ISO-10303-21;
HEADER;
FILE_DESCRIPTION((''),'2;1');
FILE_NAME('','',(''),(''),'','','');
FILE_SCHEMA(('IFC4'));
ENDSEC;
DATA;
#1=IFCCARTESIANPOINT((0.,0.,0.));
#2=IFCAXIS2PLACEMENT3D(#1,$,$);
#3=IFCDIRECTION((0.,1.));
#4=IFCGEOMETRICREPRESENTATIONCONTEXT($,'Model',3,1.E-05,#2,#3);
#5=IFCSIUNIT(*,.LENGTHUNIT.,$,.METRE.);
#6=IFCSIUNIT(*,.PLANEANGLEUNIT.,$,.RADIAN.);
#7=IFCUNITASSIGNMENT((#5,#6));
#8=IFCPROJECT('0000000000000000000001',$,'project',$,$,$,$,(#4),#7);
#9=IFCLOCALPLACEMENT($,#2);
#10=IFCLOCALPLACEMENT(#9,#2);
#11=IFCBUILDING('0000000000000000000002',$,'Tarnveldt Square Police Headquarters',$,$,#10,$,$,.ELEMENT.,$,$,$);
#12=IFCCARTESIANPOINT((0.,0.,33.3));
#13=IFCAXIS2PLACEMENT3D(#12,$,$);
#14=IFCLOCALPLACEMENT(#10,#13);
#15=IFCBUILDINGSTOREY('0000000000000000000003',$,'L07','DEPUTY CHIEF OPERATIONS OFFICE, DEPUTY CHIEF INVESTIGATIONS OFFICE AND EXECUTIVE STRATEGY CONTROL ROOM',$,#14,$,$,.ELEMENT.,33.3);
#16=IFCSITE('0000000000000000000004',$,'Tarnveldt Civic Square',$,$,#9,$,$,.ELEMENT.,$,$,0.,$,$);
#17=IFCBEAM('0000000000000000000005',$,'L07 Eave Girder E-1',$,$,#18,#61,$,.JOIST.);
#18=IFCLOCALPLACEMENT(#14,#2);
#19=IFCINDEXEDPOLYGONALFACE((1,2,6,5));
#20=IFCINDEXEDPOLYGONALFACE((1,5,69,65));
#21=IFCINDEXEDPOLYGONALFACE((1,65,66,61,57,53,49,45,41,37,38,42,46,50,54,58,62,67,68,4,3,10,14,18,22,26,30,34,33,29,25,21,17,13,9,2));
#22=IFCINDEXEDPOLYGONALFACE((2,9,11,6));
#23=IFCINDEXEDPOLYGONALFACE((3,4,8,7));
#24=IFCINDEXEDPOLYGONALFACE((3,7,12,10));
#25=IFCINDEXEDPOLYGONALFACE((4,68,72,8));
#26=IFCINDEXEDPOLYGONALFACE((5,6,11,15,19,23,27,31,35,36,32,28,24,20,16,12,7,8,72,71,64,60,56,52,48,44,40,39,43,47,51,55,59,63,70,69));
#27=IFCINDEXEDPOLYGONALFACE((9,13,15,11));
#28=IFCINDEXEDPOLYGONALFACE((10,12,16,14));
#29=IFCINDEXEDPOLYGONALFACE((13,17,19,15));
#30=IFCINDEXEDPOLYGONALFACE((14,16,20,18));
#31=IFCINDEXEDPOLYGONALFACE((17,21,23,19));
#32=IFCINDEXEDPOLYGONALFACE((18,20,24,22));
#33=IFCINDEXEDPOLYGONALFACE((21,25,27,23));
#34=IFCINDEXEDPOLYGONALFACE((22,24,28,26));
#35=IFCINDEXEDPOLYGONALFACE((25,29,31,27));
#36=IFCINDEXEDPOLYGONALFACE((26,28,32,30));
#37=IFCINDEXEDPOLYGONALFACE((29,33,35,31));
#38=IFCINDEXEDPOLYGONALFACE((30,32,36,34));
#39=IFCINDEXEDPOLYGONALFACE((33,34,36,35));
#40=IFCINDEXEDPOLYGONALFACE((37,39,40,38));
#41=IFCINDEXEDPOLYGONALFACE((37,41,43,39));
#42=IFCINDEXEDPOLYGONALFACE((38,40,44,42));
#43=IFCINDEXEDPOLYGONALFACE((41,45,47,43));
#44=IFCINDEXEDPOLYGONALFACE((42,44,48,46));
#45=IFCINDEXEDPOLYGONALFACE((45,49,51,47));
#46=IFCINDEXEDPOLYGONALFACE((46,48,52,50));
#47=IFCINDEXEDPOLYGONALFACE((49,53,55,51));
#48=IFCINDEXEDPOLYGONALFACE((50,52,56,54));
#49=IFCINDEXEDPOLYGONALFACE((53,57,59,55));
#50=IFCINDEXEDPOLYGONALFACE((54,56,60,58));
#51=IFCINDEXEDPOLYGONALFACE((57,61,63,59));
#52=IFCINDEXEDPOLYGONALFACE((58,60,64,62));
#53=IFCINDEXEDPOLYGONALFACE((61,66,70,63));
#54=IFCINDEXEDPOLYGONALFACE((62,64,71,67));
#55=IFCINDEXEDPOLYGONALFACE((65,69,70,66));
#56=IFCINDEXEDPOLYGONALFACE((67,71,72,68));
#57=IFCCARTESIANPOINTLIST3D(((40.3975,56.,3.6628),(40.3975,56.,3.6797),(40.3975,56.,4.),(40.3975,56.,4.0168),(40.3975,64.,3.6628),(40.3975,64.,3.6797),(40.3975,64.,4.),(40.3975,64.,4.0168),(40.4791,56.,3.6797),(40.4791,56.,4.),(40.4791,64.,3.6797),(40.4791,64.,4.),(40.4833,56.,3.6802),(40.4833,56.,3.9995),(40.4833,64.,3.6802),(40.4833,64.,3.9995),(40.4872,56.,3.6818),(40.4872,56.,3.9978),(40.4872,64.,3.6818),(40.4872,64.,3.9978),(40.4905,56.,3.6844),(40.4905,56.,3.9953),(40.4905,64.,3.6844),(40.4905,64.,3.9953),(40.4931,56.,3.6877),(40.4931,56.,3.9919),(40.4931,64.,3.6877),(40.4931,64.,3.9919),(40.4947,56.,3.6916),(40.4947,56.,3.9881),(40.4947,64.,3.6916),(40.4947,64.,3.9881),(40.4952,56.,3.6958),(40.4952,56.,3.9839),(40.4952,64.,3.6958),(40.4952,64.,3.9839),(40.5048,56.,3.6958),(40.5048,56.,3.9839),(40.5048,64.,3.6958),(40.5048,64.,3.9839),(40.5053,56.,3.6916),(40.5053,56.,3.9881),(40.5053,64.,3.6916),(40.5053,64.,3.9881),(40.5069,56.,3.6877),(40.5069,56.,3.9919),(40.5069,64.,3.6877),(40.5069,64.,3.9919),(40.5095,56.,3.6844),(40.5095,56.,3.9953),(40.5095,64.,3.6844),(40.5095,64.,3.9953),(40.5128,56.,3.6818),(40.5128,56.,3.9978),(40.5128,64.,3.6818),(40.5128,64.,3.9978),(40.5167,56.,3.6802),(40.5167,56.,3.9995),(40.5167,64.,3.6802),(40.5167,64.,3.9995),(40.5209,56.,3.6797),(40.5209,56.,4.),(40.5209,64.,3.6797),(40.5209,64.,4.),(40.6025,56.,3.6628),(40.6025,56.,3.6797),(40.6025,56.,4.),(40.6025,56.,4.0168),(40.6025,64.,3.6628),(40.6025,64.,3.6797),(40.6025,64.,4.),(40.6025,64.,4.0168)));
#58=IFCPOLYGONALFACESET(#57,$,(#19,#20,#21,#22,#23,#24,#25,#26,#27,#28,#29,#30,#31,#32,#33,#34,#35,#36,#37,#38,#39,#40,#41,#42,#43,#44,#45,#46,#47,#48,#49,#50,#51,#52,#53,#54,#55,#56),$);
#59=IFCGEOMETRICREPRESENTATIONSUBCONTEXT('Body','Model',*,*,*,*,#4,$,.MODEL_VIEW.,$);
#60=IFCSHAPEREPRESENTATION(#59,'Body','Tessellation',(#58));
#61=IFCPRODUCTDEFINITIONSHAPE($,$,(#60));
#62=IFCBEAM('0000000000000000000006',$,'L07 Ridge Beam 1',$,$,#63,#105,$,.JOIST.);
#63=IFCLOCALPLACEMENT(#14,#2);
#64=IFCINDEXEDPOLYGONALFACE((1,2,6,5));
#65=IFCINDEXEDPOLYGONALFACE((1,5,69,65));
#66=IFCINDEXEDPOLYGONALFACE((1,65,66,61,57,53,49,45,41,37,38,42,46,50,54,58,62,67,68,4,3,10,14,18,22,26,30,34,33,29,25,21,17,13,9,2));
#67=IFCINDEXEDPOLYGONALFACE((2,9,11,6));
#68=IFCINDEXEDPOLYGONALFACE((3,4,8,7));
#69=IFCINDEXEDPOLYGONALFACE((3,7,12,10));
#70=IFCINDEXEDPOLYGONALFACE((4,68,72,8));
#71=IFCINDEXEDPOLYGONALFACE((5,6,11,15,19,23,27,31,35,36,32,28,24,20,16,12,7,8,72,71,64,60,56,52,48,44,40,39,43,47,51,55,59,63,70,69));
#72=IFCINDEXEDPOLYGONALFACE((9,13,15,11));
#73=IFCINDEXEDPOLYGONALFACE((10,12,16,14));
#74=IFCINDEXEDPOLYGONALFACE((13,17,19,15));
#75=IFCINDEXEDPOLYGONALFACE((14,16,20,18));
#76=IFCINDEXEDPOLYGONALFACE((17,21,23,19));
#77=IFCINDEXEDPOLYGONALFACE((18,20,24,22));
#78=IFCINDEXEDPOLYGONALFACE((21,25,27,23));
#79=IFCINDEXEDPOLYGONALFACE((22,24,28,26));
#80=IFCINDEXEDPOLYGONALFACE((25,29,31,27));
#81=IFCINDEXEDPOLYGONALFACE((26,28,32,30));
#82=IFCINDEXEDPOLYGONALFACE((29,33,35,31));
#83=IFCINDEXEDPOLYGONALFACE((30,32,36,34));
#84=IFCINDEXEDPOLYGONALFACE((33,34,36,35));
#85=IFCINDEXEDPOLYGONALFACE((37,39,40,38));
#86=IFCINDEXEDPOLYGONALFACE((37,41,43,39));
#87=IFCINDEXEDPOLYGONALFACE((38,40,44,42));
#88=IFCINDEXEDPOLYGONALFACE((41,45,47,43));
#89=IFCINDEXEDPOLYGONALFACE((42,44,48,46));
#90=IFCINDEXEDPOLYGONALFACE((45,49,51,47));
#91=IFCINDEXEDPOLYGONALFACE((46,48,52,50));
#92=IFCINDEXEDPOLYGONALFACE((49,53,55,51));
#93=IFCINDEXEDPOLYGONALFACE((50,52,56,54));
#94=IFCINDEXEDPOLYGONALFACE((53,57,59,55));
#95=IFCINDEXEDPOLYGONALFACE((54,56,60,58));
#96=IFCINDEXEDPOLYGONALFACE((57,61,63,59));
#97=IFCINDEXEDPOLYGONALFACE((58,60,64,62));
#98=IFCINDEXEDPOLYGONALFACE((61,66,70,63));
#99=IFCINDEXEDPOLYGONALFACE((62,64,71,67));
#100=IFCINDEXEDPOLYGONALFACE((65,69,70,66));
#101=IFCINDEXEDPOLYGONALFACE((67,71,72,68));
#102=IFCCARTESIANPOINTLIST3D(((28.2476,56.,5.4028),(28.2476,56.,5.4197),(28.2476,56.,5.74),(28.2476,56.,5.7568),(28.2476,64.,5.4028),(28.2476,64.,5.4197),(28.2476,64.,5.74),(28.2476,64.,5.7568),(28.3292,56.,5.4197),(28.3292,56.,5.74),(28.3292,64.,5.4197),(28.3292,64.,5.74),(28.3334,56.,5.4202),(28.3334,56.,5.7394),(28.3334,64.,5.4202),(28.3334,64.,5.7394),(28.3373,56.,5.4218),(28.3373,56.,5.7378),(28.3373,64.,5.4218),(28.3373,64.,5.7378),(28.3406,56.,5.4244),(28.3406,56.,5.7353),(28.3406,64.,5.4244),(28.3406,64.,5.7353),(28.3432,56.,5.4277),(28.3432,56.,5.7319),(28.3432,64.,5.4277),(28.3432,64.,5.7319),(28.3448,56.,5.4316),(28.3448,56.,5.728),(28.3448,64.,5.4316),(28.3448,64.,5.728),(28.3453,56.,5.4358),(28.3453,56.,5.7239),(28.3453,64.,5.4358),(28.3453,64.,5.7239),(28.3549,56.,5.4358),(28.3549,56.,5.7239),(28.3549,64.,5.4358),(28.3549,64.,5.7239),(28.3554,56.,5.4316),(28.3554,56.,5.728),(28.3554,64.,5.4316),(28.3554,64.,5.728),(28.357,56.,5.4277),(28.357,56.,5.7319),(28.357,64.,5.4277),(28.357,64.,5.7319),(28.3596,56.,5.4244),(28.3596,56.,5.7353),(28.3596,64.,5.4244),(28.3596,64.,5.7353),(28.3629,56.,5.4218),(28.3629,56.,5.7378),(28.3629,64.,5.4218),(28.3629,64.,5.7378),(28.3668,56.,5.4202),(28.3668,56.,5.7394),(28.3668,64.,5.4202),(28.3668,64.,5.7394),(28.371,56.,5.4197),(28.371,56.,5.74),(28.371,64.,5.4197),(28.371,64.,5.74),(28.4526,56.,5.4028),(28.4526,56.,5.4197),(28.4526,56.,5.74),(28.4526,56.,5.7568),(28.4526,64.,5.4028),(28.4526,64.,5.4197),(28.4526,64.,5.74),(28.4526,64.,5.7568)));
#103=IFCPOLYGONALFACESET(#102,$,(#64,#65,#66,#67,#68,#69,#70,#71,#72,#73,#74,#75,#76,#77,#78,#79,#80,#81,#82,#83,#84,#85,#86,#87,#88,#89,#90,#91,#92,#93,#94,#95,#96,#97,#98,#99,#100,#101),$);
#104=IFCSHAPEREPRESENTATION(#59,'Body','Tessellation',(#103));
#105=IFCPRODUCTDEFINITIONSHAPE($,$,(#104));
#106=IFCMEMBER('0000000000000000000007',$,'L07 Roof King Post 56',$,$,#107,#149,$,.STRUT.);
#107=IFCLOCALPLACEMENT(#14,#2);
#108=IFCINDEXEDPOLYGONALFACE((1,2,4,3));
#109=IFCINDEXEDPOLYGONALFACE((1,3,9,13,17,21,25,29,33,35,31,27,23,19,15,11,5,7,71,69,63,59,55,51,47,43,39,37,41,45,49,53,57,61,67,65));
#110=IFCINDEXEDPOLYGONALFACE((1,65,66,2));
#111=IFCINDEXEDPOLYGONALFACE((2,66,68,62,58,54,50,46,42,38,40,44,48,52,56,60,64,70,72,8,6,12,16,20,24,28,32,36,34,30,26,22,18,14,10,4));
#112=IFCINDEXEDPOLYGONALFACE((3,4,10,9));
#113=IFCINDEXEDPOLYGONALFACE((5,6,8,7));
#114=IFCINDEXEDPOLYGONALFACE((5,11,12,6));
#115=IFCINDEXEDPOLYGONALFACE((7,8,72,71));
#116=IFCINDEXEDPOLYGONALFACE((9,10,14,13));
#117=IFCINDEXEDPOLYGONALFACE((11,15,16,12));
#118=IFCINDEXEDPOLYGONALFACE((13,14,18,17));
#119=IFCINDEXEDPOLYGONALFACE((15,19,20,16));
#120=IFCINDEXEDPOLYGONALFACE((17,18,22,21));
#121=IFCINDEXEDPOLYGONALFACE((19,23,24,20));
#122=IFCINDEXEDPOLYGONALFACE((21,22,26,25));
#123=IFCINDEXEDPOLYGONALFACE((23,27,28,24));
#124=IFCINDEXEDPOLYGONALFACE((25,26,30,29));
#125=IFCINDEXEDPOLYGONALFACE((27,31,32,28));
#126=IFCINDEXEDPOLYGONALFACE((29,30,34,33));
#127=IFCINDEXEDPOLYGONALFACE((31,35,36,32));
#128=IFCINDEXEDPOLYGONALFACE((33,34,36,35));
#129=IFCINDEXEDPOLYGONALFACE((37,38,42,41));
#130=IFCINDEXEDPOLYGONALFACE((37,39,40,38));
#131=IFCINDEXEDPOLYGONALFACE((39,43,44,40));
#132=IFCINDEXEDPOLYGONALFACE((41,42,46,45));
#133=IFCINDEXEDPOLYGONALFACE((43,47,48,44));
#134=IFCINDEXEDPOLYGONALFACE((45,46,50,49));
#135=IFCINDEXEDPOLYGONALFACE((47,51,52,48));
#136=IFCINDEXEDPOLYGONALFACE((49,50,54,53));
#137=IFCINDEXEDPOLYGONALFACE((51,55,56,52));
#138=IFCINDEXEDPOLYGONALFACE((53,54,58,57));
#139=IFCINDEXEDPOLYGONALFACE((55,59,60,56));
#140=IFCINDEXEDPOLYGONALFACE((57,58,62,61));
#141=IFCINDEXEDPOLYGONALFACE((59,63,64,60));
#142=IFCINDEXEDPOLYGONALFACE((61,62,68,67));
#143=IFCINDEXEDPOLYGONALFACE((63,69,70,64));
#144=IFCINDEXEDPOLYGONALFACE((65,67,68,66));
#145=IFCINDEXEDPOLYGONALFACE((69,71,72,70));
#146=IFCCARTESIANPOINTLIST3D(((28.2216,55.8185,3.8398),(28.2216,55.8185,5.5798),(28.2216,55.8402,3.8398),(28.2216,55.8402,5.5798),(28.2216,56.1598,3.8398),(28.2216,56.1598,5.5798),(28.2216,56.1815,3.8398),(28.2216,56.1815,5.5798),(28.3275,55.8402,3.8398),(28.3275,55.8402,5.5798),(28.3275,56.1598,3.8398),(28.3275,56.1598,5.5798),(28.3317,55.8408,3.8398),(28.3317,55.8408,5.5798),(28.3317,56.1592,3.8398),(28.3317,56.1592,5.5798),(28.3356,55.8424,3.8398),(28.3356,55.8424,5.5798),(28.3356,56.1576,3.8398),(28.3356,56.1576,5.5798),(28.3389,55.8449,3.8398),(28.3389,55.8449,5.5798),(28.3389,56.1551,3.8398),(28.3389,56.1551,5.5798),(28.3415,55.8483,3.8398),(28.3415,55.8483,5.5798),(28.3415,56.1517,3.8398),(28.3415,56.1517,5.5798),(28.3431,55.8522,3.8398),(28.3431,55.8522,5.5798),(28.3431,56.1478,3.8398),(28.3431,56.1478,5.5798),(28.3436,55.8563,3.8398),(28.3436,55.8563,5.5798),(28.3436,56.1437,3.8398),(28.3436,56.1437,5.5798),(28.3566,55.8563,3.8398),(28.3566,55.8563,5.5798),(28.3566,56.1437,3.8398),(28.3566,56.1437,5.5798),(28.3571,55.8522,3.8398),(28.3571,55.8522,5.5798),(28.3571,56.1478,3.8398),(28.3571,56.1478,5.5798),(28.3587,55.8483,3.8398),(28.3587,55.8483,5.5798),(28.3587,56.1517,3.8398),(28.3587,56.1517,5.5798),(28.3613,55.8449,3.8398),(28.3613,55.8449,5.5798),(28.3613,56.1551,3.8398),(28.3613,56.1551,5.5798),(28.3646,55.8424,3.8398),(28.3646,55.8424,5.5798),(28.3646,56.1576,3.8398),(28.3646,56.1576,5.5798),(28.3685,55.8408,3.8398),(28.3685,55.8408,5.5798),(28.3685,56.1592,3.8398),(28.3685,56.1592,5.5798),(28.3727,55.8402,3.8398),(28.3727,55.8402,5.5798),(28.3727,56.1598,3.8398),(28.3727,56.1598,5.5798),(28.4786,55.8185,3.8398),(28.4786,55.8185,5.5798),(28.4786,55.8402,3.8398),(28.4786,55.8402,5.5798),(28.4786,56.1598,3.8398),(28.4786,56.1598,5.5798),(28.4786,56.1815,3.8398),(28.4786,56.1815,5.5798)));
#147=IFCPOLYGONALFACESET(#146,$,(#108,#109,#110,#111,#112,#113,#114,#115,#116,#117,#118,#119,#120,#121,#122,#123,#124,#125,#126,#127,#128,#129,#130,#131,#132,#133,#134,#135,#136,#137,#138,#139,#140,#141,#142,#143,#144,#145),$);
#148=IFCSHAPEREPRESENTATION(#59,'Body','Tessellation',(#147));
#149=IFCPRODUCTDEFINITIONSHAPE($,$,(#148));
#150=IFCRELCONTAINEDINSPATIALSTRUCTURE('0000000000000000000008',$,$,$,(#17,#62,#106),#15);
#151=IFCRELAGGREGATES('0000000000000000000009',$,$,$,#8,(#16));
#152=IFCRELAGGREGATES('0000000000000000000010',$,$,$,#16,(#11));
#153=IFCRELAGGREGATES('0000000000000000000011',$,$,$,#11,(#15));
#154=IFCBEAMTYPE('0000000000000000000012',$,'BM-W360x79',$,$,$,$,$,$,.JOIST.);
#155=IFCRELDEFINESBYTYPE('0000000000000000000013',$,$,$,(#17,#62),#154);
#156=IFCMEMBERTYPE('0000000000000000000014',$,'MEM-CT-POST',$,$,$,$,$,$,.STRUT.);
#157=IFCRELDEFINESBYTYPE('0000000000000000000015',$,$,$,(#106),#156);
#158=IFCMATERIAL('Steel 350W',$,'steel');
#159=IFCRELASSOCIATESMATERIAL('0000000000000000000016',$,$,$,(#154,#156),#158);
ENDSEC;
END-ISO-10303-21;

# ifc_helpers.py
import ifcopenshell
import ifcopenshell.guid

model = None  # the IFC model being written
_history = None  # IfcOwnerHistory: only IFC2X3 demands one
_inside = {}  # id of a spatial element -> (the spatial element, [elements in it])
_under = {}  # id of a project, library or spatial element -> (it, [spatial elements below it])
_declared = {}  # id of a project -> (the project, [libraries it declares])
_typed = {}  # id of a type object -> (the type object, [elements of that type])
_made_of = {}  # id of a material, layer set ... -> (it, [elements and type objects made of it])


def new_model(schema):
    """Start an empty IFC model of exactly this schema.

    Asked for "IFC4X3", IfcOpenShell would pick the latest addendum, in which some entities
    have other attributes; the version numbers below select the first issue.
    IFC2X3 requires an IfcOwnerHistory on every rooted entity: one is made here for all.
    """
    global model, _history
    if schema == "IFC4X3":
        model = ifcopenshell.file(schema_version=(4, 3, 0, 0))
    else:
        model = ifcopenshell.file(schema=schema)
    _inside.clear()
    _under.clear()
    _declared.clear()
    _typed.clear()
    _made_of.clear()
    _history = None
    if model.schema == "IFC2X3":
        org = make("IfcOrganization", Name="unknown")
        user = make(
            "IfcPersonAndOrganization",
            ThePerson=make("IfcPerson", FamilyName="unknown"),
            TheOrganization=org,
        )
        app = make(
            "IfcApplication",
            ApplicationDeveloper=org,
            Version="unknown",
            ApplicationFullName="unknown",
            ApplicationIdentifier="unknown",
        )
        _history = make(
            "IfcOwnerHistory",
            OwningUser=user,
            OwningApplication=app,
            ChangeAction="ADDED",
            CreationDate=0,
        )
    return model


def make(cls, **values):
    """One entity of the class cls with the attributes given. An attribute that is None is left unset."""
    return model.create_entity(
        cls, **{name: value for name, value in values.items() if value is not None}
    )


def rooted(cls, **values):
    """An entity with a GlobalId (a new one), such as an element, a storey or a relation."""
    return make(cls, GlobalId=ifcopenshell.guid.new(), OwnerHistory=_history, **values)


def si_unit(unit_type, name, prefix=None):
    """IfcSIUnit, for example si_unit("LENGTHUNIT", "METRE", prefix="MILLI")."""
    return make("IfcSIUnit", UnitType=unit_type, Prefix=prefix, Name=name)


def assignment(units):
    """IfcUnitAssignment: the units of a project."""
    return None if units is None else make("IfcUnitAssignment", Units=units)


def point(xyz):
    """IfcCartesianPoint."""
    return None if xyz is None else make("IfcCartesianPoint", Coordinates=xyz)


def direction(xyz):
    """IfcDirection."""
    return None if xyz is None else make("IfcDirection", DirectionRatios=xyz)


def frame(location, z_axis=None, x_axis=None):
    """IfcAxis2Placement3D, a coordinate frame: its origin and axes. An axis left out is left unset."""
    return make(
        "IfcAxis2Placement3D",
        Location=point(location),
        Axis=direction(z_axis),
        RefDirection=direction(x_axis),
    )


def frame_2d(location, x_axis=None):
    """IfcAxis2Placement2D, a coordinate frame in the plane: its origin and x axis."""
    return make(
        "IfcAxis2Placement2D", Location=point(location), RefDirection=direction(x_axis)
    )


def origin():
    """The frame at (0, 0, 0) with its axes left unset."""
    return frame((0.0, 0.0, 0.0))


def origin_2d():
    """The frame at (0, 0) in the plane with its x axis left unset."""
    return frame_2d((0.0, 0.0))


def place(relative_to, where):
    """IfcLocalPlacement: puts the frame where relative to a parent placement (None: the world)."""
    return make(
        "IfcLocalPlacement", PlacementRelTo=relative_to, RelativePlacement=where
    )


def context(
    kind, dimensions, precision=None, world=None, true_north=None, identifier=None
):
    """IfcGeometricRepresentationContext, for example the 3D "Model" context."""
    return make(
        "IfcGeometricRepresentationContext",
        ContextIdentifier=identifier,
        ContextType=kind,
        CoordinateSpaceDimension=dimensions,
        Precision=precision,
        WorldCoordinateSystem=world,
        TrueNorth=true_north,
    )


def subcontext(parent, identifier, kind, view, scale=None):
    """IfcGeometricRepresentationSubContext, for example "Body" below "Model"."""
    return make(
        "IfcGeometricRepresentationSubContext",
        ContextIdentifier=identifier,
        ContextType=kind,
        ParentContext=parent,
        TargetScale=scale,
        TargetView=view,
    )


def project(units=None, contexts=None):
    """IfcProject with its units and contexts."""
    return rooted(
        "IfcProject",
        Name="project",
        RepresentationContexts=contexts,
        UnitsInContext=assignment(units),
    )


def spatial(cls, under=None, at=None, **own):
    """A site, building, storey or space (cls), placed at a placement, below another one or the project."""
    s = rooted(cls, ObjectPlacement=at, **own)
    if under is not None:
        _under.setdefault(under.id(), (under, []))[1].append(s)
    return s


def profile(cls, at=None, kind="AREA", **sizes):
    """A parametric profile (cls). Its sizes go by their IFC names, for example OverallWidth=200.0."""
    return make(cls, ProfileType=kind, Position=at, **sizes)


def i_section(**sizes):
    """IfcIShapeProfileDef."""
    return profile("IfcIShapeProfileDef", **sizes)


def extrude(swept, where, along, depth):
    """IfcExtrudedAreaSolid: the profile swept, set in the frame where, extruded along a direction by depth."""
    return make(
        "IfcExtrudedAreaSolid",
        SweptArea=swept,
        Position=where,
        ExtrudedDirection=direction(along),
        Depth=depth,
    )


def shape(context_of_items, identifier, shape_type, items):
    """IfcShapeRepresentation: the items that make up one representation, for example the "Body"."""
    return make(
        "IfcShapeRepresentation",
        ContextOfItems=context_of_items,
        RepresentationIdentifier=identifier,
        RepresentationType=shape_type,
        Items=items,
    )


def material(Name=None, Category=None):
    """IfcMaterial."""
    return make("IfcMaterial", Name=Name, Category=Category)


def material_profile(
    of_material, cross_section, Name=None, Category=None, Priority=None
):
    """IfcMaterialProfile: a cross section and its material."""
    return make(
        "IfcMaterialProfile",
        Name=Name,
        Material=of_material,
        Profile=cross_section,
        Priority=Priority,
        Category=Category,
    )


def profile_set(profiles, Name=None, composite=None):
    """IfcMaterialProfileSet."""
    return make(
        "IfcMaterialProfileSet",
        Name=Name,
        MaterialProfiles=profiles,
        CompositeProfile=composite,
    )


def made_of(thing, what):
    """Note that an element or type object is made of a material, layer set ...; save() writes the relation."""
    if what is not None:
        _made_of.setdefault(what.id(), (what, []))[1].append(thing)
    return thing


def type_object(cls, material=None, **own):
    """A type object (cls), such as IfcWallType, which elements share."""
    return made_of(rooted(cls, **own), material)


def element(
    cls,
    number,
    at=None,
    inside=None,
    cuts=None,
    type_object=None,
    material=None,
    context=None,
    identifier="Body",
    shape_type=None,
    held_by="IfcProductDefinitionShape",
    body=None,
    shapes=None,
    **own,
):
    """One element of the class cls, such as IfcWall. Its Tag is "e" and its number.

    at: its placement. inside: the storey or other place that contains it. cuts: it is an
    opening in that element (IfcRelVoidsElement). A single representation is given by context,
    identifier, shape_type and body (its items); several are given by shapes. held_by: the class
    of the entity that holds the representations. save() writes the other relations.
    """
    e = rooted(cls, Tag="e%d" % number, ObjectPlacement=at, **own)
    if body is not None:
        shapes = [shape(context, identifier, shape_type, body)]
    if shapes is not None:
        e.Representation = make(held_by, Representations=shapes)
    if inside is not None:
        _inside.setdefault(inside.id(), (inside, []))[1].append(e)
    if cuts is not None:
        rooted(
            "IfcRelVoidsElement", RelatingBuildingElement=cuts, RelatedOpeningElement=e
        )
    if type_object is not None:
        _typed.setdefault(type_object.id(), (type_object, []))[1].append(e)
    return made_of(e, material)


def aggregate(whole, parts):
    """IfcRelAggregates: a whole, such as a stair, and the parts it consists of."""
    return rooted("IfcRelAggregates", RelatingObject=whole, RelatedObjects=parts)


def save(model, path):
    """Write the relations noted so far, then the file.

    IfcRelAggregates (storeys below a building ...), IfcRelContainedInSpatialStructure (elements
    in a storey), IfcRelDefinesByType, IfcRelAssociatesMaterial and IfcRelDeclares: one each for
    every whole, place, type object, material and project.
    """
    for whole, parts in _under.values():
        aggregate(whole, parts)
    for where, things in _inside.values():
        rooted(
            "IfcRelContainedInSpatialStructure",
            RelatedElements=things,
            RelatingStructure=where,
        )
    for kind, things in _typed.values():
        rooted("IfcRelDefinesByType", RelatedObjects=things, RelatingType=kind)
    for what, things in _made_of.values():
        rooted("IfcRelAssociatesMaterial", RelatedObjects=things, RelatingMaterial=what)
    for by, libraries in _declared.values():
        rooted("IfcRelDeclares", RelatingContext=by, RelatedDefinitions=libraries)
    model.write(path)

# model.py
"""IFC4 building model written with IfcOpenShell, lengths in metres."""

from ifc_helpers import new_model, si_unit, direction, frame, origin, origin_2d, place, context, subcontext, project, spatial, i_section, extrude, material, material_profile, profile_set, type_object, element, save


model = new_model("IFC4")

# Units and contexts
model_context = context("Model", 3, precision=1e-05, world=origin(), true_north=direction((0.0, 1.0)))
body_context = subcontext(model_context, "Body", "Model", "MODEL_VIEW")
ifc_project = project(units=[si_unit("LENGTHUNIT", "METRE"), si_unit("PLANEANGLEUNIT", "RADIAN")], contexts=[model_context])

# Site, building, storey
site_placement = place(None, origin())
site = spatial("IfcSite", under=ifc_project, at=site_placement, Name="Tarnveldt Civic Square", CompositionType="ELEMENT", RefElevation=0.0)
building_placement = place(site_placement, origin())
building = spatial("IfcBuilding", under=site, at=building_placement, Name="Tarnveldt Square Police Headquarters", CompositionType="ELEMENT")
storey_placement = place(building_placement, frame((0.0, 0.0, 33.3)))
storey = spatial("IfcBuildingStorey", under=building, at=storey_placement, Name="L07", Description="DEPUTY CHIEF OPERATIONS OFFICE, DEPUTY CHIEF INVESTIGATIONS OFFICE AND EXECUTIVE STRATEGY CONTROL ROOM", CompositionType="ELEMENT", Elevation=33.3)

# Shared definitions
ifc_material_1 = material(Name="Steel 350W", Category="steel")

# Beams
ifc_material_profile_1 = material_profile(ifc_material_1, i_section(OverallWidth=0.2051, OverallDepth=0.354, WebThickness=0.0095, FlangeThickness=0.0168, FilletRadius=0.0161, at=origin_2d()), Name="W360x79")
ifc_profile_set_1 = profile_set([ifc_material_profile_1], Name="Steel 350W")
beam_type = type_object("IfcBeamType", Name="BM-W360x79", PredefinedType="JOIST", material=ifc_profile_set_1)
for number, where, z_axis, x_axis, name in (
    (1, (40.5, 56.0, 3.8398), (0.0, 1.0, 0.0), (-1.0, 0.0, 0.0), "L07 Eave Girder E-1"),
    (2, (28.3501, 56.0, 5.5798), (0.0, 1.0, 0.0), (-1.0, 0.0, 0.0), "L07 Ridge Beam 1"),
):
    element("IfcBeam", number, at=place(storey_placement, frame(where, z_axis=z_axis, x_axis=x_axis)), inside=storey, type_object=beam_type, Name=name, PredefinedType="JOIST", context=body_context, shape_type="SweptSolid", body=[
        extrude(i_section(OverallWidth=0.2051, OverallDepth=0.354, WebThickness=0.0095, FlangeThickness=0.0168, FilletRadius=0.0161, at=origin_2d()), origin(), (0.0, 0.0, 1.0), 8.0),
    ])

# Member
ifc_material_profile_2 = material_profile(ifc_material_1, i_section(OverallWidth=0.2571, OverallDepth=0.363, WebThickness=0.0129, FlangeThickness=0.0217, FilletRadius=0.0161, at=origin_2d()), Name="W360x122")
ifc_profile_set_2 = profile_set([ifc_material_profile_2], Name="Steel 350W")
member_type_1 = type_object("IfcMemberType", Name="MEM-CT-POST", PredefinedType="STRUT", material=ifc_profile_set_2)
member_1_placement = place(storey_placement, frame((28.3501, 56.0, 3.8398), z_axis=(0.0, 0.0, 1.0), x_axis=(1.0, 0.0, 0.0)))
element("IfcMember", 3, at=member_1_placement, inside=storey, type_object=member_type_1, Name="L07 Roof King Post 56", PredefinedType="STRUT", context=body_context, shape_type="SweptSolid", body=[
    extrude(i_section(OverallWidth=0.2571, OverallDepth=0.363, WebThickness=0.0129, FlangeThickness=0.0217, FilletRadius=0.0161, at=origin_2d()), origin(), (0.0, 0.0, 1.0), 1.74),
])

save(model, "model.ifc")
